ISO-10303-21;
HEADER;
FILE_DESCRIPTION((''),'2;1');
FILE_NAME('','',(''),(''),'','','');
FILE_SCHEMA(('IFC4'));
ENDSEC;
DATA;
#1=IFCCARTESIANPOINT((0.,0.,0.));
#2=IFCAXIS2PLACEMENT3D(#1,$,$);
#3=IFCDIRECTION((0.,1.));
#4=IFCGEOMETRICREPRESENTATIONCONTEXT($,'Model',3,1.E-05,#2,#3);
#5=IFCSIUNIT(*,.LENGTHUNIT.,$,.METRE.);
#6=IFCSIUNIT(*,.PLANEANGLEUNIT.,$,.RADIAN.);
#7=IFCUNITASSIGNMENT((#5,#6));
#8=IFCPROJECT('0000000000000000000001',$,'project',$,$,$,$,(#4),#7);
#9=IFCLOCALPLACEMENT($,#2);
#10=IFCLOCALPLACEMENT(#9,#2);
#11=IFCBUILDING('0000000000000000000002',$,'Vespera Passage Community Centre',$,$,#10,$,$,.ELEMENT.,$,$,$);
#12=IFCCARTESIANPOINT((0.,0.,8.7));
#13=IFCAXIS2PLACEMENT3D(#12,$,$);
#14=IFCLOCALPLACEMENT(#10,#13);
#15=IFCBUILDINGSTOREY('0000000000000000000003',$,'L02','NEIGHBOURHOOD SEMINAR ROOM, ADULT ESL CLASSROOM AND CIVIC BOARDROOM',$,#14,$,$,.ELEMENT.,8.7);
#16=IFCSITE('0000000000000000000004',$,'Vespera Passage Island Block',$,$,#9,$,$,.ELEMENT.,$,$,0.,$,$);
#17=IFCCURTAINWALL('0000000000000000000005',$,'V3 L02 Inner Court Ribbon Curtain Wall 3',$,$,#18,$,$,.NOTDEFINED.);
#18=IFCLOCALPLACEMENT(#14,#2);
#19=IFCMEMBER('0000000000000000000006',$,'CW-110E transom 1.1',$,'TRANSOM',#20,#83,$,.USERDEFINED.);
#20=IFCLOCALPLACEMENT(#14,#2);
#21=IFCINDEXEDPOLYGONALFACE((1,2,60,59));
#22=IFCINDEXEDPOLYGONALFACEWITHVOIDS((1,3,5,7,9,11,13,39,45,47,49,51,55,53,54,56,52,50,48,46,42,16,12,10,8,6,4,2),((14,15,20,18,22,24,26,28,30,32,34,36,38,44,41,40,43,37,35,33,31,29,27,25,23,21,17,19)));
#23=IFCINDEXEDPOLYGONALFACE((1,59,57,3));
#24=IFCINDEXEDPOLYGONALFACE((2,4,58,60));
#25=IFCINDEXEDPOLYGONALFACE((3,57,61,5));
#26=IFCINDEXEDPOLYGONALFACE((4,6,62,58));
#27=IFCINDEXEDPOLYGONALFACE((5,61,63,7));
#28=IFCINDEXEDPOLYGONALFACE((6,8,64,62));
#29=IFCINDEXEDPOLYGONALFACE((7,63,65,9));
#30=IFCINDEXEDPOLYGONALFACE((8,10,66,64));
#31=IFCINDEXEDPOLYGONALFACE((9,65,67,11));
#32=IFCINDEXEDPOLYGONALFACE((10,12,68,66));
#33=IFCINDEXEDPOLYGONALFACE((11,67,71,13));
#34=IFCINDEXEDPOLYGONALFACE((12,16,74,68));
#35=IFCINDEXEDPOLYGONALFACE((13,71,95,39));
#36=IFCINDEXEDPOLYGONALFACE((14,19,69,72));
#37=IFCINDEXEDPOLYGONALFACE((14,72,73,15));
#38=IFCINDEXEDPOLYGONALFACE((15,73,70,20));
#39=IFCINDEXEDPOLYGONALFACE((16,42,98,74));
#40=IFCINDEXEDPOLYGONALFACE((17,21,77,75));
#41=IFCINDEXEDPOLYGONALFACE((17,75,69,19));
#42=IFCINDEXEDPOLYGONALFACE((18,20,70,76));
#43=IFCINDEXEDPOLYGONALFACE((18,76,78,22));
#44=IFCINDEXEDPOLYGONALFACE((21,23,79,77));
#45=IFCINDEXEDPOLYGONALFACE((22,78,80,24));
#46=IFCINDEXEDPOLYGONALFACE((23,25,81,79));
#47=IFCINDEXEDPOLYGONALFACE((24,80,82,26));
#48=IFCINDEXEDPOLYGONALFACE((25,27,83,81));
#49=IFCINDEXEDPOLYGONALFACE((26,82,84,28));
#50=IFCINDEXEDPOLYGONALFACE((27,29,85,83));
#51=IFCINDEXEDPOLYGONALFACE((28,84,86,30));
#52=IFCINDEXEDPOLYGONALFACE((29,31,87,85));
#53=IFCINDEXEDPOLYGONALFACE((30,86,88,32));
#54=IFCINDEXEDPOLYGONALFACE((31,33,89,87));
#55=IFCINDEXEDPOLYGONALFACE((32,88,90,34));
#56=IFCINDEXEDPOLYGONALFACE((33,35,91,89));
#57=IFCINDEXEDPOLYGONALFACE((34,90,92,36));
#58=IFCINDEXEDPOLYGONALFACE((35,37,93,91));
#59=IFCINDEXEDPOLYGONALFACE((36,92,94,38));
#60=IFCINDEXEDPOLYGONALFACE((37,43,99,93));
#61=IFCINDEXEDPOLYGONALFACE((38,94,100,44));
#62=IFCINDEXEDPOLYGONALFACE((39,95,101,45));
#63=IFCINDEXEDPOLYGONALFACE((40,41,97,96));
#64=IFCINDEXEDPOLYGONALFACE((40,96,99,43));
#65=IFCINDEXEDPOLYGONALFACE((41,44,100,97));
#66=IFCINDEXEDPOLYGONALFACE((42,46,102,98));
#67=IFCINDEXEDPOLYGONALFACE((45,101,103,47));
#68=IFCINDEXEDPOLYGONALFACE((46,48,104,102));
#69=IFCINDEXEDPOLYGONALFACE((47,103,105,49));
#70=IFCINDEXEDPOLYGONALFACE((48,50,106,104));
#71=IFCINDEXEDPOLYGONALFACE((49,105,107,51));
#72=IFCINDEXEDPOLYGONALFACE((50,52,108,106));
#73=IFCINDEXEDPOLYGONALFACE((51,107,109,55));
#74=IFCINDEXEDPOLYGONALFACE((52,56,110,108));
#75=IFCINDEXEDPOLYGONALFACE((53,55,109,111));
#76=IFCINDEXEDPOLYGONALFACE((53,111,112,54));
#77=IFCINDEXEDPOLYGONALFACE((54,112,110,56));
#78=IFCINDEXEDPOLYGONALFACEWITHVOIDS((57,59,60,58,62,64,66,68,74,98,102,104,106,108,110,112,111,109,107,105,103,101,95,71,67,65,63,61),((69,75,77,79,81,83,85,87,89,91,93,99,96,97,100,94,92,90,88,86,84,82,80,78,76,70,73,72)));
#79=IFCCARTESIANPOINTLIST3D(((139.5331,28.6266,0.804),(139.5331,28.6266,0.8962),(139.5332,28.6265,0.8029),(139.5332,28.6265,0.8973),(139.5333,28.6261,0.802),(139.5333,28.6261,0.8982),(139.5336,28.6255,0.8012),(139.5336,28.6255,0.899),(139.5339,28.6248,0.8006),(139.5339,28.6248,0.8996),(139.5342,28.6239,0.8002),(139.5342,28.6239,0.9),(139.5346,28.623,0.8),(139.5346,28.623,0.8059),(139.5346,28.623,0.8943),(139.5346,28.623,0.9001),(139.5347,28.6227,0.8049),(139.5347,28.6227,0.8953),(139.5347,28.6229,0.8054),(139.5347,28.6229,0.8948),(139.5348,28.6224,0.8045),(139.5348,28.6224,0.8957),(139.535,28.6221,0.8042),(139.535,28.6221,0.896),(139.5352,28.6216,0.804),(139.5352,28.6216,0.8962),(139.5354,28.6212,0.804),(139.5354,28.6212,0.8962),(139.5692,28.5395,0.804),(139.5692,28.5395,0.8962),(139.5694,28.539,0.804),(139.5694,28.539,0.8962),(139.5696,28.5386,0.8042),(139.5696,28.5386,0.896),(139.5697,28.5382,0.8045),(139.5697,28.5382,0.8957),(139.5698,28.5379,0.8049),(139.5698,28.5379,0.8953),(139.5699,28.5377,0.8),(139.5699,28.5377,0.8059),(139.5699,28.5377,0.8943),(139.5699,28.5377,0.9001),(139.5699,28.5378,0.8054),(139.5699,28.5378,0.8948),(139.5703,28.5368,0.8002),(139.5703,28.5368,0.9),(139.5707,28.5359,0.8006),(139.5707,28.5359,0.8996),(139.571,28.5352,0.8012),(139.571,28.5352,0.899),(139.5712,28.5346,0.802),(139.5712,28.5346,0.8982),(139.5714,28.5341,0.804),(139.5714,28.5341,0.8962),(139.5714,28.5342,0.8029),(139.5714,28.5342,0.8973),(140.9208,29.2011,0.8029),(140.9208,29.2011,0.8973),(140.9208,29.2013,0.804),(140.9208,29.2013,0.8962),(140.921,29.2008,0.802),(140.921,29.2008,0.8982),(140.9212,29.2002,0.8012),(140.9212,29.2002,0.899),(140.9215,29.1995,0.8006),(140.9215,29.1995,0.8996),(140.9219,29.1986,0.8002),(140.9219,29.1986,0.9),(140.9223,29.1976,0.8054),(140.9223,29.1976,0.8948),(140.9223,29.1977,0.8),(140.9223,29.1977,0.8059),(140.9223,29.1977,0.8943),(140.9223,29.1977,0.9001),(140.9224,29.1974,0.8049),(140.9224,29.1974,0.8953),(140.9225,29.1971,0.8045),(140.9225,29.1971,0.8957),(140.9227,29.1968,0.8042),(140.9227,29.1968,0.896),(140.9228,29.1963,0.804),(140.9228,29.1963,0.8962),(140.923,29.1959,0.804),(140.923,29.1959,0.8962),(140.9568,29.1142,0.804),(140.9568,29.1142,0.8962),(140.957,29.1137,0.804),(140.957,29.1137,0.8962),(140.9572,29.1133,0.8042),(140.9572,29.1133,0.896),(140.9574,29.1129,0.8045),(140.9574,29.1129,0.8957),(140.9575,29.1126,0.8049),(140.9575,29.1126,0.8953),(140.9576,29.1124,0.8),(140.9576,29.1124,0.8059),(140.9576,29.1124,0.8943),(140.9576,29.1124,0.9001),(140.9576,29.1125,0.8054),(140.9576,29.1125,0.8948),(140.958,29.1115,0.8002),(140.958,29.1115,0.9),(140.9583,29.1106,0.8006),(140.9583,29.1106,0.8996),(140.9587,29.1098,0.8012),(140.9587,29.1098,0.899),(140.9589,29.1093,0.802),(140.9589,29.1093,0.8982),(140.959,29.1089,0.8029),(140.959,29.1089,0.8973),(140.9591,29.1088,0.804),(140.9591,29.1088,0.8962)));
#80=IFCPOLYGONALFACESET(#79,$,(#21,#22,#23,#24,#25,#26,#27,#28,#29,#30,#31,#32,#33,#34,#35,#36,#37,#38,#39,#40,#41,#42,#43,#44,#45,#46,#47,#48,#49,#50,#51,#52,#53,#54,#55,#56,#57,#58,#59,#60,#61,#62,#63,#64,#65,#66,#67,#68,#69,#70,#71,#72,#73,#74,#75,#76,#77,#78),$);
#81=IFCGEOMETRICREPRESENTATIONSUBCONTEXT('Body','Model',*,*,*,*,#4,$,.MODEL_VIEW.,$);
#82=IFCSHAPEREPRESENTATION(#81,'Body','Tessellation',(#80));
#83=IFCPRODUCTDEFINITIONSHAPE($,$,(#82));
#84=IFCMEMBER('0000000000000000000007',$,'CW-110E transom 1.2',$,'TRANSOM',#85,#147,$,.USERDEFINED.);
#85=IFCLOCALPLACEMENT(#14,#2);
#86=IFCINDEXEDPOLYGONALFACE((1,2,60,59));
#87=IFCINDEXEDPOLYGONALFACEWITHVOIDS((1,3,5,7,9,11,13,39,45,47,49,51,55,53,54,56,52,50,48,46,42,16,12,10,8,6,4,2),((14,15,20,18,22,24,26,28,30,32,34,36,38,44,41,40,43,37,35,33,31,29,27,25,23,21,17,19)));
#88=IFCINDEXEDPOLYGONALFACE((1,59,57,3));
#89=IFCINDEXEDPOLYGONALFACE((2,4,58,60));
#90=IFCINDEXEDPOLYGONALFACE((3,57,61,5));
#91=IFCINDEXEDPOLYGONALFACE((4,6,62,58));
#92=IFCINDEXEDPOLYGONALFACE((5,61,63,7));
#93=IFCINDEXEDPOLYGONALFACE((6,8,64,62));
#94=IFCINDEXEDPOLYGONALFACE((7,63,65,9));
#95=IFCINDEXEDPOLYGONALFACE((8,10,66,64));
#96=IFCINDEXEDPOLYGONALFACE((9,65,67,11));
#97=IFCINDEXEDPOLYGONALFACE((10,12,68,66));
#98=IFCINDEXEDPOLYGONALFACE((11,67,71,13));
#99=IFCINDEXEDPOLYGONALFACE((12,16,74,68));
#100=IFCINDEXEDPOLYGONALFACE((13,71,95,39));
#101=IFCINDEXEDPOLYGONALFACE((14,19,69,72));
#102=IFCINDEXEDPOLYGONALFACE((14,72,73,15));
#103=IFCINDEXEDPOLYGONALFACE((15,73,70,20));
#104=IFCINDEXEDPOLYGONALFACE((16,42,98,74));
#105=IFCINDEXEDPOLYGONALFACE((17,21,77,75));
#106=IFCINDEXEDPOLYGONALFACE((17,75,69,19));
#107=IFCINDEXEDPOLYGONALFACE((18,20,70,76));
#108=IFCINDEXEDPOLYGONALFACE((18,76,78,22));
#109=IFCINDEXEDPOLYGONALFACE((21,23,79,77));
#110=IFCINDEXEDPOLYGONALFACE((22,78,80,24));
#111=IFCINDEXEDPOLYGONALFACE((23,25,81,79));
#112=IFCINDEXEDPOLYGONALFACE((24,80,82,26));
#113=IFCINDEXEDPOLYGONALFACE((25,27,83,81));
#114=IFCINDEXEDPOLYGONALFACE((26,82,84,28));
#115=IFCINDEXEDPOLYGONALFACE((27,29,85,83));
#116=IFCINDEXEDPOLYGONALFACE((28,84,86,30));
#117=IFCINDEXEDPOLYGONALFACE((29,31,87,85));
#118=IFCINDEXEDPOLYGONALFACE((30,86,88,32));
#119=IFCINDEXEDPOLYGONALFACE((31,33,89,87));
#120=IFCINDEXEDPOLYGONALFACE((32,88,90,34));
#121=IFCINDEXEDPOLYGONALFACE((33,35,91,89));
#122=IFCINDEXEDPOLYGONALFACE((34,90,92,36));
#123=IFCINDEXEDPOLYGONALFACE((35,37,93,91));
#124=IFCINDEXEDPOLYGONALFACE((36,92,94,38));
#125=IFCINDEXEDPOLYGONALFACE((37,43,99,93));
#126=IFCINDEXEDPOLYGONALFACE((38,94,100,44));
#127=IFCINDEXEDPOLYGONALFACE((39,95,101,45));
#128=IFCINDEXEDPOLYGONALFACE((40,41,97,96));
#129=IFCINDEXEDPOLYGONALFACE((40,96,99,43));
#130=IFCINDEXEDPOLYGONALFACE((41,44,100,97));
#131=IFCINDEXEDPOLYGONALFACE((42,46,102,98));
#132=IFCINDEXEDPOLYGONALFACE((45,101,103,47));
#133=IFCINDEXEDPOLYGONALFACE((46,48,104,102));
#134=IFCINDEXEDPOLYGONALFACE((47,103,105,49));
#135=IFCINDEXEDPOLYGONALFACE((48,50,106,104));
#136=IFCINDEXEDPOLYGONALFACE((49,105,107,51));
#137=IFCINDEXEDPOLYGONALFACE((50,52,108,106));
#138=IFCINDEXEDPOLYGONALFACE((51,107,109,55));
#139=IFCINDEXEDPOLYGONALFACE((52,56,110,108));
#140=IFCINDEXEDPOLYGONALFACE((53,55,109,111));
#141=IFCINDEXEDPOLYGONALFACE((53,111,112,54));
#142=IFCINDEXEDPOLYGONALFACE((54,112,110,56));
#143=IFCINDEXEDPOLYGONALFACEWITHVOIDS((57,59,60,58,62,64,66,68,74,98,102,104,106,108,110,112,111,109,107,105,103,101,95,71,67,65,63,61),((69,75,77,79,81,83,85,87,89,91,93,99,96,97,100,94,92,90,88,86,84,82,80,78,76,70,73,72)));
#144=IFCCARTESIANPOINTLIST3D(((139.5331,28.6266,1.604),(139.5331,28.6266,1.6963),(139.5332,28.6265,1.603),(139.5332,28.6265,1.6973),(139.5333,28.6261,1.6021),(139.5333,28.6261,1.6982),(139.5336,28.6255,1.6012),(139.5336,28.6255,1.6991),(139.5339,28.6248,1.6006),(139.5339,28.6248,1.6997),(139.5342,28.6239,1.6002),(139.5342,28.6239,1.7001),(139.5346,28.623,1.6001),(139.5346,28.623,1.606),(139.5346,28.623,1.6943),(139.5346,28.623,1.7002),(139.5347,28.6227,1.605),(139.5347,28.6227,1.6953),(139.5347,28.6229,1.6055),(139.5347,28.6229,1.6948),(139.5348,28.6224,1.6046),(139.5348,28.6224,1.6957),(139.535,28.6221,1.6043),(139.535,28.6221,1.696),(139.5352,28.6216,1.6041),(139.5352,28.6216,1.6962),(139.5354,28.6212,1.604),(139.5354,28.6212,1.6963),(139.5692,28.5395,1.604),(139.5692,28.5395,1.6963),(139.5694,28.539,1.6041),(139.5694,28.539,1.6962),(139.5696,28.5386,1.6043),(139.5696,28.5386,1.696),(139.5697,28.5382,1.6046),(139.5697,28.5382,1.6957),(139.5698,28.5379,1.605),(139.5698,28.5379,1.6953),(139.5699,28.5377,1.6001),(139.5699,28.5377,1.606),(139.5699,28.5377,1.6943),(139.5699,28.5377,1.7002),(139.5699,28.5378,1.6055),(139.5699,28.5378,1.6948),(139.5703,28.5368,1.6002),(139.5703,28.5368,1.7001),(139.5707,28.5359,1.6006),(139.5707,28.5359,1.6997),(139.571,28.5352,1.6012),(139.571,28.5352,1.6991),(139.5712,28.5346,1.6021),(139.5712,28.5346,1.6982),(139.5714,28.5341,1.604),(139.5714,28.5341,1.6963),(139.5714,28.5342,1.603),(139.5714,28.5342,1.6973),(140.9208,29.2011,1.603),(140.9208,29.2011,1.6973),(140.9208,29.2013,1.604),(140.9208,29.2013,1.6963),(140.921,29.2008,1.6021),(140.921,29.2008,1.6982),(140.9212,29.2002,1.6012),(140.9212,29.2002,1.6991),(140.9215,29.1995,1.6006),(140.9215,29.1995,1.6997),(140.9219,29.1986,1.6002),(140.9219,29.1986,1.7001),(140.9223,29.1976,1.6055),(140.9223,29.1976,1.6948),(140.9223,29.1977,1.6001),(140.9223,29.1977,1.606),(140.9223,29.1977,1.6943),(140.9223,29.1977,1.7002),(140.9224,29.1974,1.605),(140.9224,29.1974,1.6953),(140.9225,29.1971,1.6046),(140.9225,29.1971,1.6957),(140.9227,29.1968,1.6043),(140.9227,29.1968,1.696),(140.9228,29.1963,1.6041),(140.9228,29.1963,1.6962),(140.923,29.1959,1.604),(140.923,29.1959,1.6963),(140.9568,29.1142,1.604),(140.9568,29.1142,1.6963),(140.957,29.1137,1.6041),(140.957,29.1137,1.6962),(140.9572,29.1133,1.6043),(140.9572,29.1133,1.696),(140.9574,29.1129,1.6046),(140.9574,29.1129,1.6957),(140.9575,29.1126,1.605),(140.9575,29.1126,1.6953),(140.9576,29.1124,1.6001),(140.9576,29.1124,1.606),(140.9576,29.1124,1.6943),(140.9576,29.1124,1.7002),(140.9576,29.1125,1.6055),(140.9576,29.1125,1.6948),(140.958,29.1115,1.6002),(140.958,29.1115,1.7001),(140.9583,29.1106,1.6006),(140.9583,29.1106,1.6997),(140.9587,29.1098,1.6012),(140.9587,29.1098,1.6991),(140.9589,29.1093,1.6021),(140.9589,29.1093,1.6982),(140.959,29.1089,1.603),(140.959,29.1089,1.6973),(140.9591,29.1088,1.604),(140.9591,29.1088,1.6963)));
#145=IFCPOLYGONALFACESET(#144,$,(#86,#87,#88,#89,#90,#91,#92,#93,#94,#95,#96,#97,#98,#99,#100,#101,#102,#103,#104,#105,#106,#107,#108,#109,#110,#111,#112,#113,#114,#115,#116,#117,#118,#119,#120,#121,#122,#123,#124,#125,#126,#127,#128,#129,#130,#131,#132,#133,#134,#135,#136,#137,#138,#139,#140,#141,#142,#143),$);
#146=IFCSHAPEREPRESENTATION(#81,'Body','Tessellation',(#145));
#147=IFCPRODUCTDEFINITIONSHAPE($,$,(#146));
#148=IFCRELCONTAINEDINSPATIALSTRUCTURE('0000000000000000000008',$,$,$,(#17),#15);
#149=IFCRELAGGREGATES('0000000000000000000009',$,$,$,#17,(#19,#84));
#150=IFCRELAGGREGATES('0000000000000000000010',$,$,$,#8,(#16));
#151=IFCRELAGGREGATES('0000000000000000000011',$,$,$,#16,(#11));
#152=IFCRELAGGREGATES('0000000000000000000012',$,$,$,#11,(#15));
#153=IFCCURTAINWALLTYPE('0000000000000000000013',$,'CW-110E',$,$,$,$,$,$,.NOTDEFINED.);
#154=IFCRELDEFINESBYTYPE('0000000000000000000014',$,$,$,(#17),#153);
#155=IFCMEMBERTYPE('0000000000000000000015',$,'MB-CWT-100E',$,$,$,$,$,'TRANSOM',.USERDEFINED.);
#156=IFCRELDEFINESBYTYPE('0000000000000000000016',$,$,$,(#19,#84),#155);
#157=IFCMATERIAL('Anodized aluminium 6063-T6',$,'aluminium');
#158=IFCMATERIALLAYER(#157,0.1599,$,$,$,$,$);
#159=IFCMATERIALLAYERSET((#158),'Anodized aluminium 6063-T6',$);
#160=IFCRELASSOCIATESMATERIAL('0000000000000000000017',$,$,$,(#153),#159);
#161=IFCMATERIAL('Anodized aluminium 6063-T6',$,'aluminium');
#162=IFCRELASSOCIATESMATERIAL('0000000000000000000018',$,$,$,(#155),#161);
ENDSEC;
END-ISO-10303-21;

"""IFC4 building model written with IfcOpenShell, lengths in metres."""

from ifc_helpers import new_model, si_unit, direction, frame, origin, origin_2d, place, context, subcontext, project, spatial, hollow_rectangle, extrude, material, layer, layer_set, material_profile, profile_set, type_object, element, aggregate, save


model = new_model("IFC4")

# Units and contexts
model_context = context("Model", 3, precision=1e-05, world=origin(), true_north=direction((0.0, 1.0)))
body_context = subcontext(model_context, "Body", "Model", "MODEL_VIEW")
ifc_project = project(units=[si_unit("LENGTHUNIT", "METRE"), si_unit("PLANEANGLEUNIT", "RADIAN")], contexts=[model_context])

# Site, building, storey
site_placement = place(None, origin())
site = spatial("IfcSite", under=ifc_project, at=site_placement, Name="Vespera Passage Island Block", CompositionType="ELEMENT", RefElevation=0.0)
building_placement = place(site_placement, origin())
building = spatial("IfcBuilding", under=site, at=building_placement, Name="Vespera Passage Community Centre", CompositionType="ELEMENT")
storey_placement = place(building_placement, frame((0.0, 0.0, 8.7)))
storey = spatial("IfcBuildingStorey", under=building, at=storey_placement, Name="L02", Description="NEIGHBOURHOOD SEMINAR ROOM, ADULT ESL CLASSROOM AND CIVIC BOARDROOM", CompositionType="ELEMENT", Elevation=8.7)

# Curtain wall
ifc_material_1 = material(Name="Anodized aluminium 6063-T6", Category="aluminium")
ifc_layer_1 = layer(ifc_material_1, 0.1599)
ifc_layer_set_1 = layer_set([ifc_layer_1], Name="Anodized aluminium 6063-T6")
curtain_wall_type_1 = type_object("IfcCurtainWallType", Name="CW-110E", PredefinedType="NOTDEFINED", material=ifc_layer_set_1)
curtain_wall_1_placement = place(storey_placement, origin())
curtain_wall_1 = element("IfcCurtainWall", 1, at=curtain_wall_1_placement, inside=storey, type_object=curtain_wall_type_1, Name="V3 L02 Inner Court Ribbon Curtain Wall 3", PredefinedType="NOTDEFINED")

# Shared definitions
ifc_material_2 = material(Name="Anodized aluminium 6063-T6", Category="aluminium")
ifc_material_profile_1 = material_profile(ifc_material_2, hollow_rectangle(XDim=0.1001, YDim=0.1001, WallThickness=0.0039, InnerFilletRadius=0.002, OuterFilletRadius=0.0039, at=origin_2d()), Name="ALU100X100X4")
ifc_profile_set_1 = profile_set([ifc_material_profile_1], Name="Anodized aluminium 6063-T6")
member_type_1 = type_object("IfcMemberType", Name="MB-CWT-100E", ElementType="TRANSOM", PredefinedType="USERDEFINED", material=ifc_profile_set_1)

# Members
member_1_placement = place(storey_placement, frame((140.9399, 29.155, 0.8501), z_axis=(-0.923902, -0.382629, 0.0), x_axis=(0.382629, -0.923902, 0.0)))
member_1 = element("IfcMember", 2, at=member_1_placement, type_object=member_type_1, Name="CW-110E transom 1.1", ObjectType="TRANSOM", PredefinedType="USERDEFINED", context=body_context, shape_type="SweptSolid", body=[
    extrude(hollow_rectangle(XDim=0.1001, YDim=0.1001, WallThickness=0.0039, InnerFilletRadius=0.002, OuterFilletRadius=0.0039, at=origin_2d()), origin(), (0.0, 0.0, 1.0), 1.502),
])
member_2_placement = place(storey_placement, frame((140.9399, 29.155, 1.6501), z_axis=(-0.923902, -0.382629, 0.0), x_axis=(0.382629, -0.923902, 0.0)))
member_2 = element("IfcMember", 3, at=member_2_placement, type_object=member_type_1, Name="CW-110E transom 1.2", ObjectType="TRANSOM", PredefinedType="USERDEFINED", context=body_context, shape_type="SweptSolid", body=[
    extrude(hollow_rectangle(XDim=0.1001, YDim=0.1001, WallThickness=0.0039, InnerFilletRadius=0.002, OuterFilletRadius=0.0039, at=origin_2d()), origin(), (0.0, 0.0, 1.0), 1.502),
])

aggregate(curtain_wall_1, [member_1, member_2])

save(model, "model.ifc")
